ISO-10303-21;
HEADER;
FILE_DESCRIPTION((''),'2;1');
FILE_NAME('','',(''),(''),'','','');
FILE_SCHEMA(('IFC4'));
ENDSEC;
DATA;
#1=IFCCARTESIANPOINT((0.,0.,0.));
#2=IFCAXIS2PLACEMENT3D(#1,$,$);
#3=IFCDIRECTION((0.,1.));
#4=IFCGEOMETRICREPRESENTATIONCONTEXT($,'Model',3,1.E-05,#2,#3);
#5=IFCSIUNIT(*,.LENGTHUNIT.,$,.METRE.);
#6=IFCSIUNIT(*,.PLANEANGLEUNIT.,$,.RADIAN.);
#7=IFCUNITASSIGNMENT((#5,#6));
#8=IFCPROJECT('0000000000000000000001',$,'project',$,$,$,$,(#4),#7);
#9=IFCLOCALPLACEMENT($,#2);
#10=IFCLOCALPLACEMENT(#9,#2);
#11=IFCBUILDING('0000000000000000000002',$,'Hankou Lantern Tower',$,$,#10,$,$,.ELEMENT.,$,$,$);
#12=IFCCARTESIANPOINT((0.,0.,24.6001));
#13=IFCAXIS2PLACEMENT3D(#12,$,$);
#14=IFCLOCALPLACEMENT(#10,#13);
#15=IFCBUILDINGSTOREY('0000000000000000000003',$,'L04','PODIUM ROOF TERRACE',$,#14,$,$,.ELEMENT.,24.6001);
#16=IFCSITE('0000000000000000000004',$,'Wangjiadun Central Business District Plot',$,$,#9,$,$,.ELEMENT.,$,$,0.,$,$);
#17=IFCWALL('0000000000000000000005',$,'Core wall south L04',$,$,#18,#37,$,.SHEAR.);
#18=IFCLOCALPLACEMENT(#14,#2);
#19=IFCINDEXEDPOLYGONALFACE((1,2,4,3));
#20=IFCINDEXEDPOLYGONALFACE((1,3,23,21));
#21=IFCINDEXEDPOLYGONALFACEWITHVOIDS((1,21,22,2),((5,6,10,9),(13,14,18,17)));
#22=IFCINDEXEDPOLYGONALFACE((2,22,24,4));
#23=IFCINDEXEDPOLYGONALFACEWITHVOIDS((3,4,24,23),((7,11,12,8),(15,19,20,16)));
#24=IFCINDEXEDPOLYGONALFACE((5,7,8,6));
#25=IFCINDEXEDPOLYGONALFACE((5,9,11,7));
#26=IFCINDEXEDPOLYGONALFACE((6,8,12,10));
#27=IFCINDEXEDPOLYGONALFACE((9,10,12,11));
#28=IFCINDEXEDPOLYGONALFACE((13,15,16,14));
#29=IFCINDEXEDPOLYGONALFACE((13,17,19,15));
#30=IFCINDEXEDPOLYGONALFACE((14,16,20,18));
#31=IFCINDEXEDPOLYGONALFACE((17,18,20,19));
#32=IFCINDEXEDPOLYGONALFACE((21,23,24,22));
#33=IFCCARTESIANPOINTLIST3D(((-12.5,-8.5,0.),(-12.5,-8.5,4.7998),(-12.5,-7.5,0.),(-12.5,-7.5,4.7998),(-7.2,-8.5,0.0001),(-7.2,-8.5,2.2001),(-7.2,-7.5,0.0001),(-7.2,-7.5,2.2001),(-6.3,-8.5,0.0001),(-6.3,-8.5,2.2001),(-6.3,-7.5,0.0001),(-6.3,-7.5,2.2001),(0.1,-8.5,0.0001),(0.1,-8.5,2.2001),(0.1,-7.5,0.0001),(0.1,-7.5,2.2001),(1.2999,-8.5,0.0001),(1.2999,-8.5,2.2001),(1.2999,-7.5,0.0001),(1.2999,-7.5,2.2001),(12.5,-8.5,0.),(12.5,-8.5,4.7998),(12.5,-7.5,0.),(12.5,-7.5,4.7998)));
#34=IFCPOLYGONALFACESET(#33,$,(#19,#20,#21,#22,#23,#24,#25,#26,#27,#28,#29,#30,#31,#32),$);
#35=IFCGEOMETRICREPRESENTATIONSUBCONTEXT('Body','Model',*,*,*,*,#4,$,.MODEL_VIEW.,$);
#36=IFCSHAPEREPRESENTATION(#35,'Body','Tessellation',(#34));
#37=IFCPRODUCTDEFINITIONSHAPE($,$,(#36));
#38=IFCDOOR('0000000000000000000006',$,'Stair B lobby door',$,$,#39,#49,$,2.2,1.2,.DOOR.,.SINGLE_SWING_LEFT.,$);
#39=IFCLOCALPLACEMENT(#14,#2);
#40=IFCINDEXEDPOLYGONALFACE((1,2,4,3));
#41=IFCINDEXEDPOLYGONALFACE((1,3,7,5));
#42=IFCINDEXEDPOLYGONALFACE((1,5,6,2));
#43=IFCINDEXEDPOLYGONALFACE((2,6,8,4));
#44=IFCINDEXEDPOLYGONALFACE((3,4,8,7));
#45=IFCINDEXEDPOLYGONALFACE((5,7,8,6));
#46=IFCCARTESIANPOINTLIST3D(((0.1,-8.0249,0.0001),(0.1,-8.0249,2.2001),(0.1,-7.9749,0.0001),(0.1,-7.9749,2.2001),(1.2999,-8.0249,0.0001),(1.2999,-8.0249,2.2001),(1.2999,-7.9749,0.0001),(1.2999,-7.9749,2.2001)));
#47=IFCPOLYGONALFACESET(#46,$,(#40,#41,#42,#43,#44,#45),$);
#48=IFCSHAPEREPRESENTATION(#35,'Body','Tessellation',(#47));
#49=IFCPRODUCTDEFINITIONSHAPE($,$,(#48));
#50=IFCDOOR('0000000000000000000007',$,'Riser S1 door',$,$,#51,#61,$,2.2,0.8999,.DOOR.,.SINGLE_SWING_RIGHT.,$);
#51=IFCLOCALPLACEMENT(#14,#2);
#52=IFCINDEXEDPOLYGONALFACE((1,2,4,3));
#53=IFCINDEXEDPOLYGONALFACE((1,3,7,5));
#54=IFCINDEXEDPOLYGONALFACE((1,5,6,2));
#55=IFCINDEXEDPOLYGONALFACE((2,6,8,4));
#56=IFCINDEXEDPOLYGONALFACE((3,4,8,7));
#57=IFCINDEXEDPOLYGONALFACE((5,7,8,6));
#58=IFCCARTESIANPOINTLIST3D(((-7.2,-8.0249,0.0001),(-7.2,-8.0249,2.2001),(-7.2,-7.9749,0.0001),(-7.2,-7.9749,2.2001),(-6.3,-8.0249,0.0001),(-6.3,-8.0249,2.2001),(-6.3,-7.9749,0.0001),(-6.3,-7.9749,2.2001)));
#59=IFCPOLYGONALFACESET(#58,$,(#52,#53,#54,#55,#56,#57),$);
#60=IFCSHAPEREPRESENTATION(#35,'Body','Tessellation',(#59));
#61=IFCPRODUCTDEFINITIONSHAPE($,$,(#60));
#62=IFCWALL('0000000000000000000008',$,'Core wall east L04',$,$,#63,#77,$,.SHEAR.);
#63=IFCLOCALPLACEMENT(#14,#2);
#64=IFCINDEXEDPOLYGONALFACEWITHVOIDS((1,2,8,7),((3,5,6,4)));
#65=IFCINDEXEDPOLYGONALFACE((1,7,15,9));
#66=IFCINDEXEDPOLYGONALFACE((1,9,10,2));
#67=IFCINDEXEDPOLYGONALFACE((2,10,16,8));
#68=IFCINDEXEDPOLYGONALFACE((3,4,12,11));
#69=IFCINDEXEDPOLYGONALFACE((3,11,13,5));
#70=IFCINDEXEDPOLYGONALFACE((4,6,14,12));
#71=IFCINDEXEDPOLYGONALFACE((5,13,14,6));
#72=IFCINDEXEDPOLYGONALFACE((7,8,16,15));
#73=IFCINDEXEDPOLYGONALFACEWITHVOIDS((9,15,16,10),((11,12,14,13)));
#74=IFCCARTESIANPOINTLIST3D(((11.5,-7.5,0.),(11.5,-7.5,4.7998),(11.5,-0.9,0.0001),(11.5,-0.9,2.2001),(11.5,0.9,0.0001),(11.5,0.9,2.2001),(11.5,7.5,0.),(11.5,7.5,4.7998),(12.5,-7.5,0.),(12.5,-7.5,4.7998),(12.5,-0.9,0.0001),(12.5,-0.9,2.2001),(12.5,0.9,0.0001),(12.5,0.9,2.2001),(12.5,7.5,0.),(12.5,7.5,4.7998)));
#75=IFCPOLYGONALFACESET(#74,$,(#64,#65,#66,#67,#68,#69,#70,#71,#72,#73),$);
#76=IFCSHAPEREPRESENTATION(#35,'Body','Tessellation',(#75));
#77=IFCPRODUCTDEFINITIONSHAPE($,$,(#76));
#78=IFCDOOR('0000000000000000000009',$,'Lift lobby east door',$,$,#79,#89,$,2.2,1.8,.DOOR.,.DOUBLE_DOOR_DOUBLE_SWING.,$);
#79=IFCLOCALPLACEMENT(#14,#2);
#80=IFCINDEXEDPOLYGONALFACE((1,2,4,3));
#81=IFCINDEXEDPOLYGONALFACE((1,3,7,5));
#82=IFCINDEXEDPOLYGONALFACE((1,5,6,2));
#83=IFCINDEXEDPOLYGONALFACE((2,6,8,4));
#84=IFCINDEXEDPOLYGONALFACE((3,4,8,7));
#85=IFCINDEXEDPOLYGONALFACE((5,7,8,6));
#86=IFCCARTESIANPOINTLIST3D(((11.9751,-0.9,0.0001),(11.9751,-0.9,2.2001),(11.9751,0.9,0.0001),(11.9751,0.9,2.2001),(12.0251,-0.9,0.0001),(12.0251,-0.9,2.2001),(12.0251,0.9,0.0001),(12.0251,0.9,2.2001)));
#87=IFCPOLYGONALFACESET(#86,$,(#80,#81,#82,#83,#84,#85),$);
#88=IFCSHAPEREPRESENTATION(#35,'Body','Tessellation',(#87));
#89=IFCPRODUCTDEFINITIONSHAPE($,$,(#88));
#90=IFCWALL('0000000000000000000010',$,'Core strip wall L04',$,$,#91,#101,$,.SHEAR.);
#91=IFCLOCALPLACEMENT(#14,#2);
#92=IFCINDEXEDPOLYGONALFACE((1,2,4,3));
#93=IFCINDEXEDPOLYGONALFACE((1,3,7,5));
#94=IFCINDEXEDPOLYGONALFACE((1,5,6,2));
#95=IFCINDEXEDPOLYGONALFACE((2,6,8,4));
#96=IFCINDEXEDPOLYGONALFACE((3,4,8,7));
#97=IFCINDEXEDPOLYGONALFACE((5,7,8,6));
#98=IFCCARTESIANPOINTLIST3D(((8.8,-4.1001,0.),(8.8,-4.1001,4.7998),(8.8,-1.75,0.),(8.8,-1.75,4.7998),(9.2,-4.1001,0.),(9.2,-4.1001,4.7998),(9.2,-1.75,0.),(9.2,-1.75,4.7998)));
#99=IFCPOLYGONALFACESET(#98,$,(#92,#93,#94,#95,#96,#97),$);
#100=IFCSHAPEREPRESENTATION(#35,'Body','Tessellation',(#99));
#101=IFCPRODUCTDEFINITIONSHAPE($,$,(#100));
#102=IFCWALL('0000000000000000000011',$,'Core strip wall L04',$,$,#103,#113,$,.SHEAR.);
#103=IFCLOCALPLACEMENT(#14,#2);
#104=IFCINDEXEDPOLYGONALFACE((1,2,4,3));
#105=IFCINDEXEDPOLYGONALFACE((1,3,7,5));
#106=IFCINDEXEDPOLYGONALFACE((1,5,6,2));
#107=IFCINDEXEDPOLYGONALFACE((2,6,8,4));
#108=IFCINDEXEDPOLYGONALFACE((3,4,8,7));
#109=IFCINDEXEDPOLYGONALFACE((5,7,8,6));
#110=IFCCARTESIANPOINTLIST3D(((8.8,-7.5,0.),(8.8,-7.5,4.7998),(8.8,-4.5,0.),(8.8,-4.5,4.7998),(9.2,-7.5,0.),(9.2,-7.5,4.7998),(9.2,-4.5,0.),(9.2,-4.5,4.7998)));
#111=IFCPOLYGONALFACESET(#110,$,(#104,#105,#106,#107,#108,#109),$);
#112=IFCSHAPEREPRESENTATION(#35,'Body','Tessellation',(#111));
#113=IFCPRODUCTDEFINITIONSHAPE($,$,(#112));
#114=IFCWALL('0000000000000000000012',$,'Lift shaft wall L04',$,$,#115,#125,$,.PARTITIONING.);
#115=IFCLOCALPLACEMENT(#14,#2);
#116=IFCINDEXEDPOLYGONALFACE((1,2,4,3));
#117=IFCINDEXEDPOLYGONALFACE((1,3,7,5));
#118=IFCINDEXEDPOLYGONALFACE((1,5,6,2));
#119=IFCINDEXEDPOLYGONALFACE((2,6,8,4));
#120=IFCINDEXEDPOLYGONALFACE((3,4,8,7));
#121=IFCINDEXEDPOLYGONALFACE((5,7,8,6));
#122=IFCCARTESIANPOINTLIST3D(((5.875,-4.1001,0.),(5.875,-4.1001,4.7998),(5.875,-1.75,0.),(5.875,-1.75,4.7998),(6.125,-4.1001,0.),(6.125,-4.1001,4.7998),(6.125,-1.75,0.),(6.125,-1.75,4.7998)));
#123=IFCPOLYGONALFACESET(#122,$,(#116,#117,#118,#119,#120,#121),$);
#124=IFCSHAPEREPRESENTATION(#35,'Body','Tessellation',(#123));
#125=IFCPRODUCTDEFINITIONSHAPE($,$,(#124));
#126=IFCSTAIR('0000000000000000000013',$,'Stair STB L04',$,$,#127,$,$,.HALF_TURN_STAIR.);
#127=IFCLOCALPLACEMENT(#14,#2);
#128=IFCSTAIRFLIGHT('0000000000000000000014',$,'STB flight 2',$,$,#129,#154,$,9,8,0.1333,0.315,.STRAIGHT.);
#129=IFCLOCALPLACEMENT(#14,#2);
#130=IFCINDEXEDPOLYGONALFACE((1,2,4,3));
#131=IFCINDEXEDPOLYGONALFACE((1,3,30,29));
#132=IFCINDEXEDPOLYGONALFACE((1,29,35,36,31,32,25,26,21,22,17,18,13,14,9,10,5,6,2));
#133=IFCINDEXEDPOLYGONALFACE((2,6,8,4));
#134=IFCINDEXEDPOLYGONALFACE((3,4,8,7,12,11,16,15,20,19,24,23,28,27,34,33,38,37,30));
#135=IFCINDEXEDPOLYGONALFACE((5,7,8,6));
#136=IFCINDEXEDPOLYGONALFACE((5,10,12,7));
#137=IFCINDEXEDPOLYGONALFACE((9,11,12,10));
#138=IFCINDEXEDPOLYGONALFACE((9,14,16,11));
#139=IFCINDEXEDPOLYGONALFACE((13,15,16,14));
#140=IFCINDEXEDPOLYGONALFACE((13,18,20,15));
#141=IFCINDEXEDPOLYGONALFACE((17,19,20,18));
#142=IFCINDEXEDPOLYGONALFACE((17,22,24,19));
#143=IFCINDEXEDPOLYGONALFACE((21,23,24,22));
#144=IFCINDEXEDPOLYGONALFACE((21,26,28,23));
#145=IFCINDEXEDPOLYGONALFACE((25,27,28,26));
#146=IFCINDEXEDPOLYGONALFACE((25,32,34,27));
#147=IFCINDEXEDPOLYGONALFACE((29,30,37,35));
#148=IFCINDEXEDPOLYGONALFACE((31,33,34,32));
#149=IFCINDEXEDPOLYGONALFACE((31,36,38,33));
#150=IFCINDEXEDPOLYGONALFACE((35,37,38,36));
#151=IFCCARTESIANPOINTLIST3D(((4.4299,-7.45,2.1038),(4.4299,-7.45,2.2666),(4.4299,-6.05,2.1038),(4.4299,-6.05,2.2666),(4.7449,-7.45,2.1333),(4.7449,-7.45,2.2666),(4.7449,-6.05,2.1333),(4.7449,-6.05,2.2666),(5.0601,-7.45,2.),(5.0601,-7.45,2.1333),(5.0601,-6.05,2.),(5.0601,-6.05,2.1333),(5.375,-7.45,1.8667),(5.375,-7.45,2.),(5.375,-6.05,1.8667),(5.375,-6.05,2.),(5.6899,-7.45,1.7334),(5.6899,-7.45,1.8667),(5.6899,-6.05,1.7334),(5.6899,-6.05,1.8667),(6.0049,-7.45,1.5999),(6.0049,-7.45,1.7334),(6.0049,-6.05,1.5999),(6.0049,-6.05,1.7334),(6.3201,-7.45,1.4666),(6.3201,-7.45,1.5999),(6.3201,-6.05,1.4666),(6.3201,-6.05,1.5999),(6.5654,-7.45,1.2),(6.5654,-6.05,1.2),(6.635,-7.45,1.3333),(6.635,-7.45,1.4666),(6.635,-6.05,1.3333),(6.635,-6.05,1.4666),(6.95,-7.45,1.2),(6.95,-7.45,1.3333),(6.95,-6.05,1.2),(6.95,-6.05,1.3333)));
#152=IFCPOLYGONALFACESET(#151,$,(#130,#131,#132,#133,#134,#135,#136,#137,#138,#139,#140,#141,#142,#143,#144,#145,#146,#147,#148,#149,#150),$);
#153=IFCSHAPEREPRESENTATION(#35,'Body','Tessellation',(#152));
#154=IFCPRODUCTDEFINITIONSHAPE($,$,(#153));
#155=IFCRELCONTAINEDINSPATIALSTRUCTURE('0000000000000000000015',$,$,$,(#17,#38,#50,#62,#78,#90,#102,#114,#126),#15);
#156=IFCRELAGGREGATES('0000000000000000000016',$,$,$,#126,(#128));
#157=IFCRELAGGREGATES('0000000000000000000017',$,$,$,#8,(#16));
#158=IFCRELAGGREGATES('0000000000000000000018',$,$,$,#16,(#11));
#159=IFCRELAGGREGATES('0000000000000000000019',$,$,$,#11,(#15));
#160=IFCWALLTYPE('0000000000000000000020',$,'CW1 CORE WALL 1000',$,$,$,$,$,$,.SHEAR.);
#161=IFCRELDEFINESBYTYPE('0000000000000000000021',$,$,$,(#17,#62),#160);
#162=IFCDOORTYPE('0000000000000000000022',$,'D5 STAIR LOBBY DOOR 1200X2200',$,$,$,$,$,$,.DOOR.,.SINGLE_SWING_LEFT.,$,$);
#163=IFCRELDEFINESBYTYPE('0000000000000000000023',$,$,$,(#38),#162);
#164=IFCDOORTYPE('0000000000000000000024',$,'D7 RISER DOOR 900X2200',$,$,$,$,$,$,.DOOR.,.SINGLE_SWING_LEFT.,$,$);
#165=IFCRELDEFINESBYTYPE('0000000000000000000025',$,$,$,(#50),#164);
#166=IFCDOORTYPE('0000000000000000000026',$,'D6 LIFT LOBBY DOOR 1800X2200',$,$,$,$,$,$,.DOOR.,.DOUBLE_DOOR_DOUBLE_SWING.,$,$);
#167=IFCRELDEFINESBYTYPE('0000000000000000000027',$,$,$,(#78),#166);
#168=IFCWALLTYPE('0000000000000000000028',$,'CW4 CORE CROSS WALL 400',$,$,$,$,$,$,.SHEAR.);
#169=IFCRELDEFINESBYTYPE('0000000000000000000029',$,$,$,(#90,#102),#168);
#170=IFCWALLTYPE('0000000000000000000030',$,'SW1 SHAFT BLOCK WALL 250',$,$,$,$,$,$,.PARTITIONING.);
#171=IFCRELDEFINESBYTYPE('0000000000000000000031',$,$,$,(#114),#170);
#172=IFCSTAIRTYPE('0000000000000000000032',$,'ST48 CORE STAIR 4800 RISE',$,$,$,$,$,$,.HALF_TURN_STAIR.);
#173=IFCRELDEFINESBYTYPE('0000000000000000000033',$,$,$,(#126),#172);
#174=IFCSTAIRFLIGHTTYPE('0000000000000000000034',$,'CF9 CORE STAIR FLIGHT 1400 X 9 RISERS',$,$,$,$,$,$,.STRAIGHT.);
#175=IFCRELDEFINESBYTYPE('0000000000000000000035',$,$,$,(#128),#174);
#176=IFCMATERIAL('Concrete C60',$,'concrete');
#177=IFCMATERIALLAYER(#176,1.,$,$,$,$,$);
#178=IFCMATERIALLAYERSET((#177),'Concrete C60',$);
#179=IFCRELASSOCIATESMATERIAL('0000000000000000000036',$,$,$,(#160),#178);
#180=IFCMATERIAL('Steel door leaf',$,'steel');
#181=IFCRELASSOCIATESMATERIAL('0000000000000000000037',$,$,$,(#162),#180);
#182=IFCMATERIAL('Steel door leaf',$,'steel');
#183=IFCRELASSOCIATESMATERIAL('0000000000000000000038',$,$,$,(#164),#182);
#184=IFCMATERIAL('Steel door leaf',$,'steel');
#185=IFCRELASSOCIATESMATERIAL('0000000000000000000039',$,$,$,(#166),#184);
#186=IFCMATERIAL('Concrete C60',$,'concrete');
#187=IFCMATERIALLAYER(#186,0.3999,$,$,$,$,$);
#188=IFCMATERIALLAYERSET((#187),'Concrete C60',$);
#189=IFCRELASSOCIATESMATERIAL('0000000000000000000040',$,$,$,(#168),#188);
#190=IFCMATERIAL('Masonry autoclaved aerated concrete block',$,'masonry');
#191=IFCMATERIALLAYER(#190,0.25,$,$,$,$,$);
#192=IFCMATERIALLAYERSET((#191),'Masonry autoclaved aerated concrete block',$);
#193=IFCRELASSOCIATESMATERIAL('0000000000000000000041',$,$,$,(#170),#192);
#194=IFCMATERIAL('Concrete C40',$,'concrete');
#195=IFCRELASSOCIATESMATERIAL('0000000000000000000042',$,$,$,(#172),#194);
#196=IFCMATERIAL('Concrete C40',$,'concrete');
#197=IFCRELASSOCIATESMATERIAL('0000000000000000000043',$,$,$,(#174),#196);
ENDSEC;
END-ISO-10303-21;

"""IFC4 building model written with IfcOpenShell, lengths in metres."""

from ifc_helpers import new_model, si_unit, direction, frame, frame_2d, origin, place, context, subcontext, project, spatial, polyline, rectangle, outline, extrude, material, layer, layer_set, type_object, element, fill, aggregate, save


model = new_model("IFC4")

# Units and contexts
model_context = context("Model", 3, precision=1e-05, world=origin(), true_north=direction((0.0, 1.0)))
body_context = subcontext(model_context, "Body", "Model", "MODEL_VIEW")
ifc_project = project(units=[si_unit("LENGTHUNIT", "METRE"), si_unit("PLANEANGLEUNIT", "RADIAN")], contexts=[model_context])

# Site, building, storey
site_placement = place(None, origin())
site = spatial("IfcSite", under=ifc_project, at=site_placement, Name="Wangjiadun Central Business District Plot", CompositionType="ELEMENT", RefElevation=0.0)
building_placement = place(site_placement, origin())
building = spatial("IfcBuilding", under=site, at=building_placement, Name="Hankou Lantern Tower", CompositionType="ELEMENT")
storey_placement = place(building_placement, frame((0.0, 0.0, 24.6001)))
storey = spatial("IfcBuildingStorey", under=building, at=storey_placement, Name="L04", Description="PODIUM ROOF TERRACE", CompositionType="ELEMENT", Elevation=24.6001)

# Wall, openings, doors
ifc_material_1 = material(Name="Concrete C60", Category="concrete")
ifc_layer_1 = layer(ifc_material_1, 1.0)
ifc_layer_set_1 = layer_set([ifc_layer_1], Name="Concrete C60")
wall_type_1 = type_object("IfcWallType", Name="CW1 CORE WALL 1000", PredefinedType="SHEAR", material=ifc_layer_set_1)
wall_1_placement = place(storey_placement, frame((12.5, -8.0, 0.0), z_axis=(0.0, 0.0, 1.0), x_axis=(-1.0, 0.0, 0.0)))
wall_1 = element("IfcWall", 1, at=wall_1_placement, inside=storey, type_object=wall_type_1, Name="Core wall south L04", PredefinedType="SHEAR", context=body_context, shape_type="SweptSolid", body=[
    extrude(rectangle(XDim=25.0, YDim=1.0, at=frame_2d((12.5, 0.0))), origin(), (0.0, 0.0, 1.0), 4.7998),
])
opening_1_placement = place(wall_1_placement, frame((11.2, 0.0, 0.0)))
opening_1 = element("IfcOpeningElement", 2, at=opening_1_placement, cuts=wall_1, PredefinedType="OPENING", context=body_context, shape_type="SweptSolid", body=[
    extrude(rectangle(XDim=1.2, YDim=2.2, at=frame_2d((0.6001, 1.1001))), frame((0.0, 0.51, 0.0), z_axis=(0.0, -1.0, 0.0), x_axis=(1.0, 0.0, 0.0)), (0.0, 0.0, 1.0), 1.02),
])
opening_2_placement = place(wall_1_placement, frame((18.8, 0.0, 0.0)))
opening_2 = element("IfcOpeningElement", 3, at=opening_2_placement, cuts=wall_1, PredefinedType="OPENING", context=body_context, shape_type="SweptSolid", body=[
    extrude(rectangle(XDim=0.8999, YDim=2.2, at=frame_2d((0.45, 1.1001))), frame((0.0, 0.51, 0.0), z_axis=(0.0, -1.0, 0.0), x_axis=(1.0, 0.0, 0.0)), (0.0, 0.0, 1.0), 1.02),
])
ifc_material_2 = material(Name="Steel door leaf", Category="steel")
door_type_1 = type_object("IfcDoorType", Name="D5 STAIR LOBBY DOOR 1200X2200", OperationType="SINGLE_SWING_LEFT", PredefinedType="DOOR", material=ifc_material_2)
door_1_placement = place(opening_1_placement, origin())
door_1 = element("IfcDoor", 4, at=door_1_placement, inside=storey, type_object=door_type_1, Name="Stair B lobby door", OperationType="SINGLE_SWING_LEFT", OverallHeight=2.2, OverallWidth=1.2, PredefinedType="DOOR", context=body_context, shape_type="SweptSolid", body=[
    extrude(rectangle(XDim=1.2, YDim=2.2, at=frame_2d((0.6001, 1.1001))), frame((0.0, 0.0249, 0.0), z_axis=(0.0, -1.0, 0.0), x_axis=(1.0, 0.0, 0.0)), (0.0, 0.0, 1.0), 0.05),
])
fill(opening_1, door_1)
ifc_material_3 = material(Name="Steel door leaf", Category="steel")
door_type_2 = type_object("IfcDoorType", Name="D7 RISER DOOR 900X2200", OperationType="SINGLE_SWING_LEFT", PredefinedType="DOOR", material=ifc_material_3)
door_2_placement = place(opening_2_placement, origin())
door_2 = element("IfcDoor", 5, at=door_2_placement, inside=storey, type_object=door_type_2, Name="Riser S1 door", OperationType="SINGLE_SWING_RIGHT", OverallHeight=2.2, OverallWidth=0.8999, PredefinedType="DOOR", context=body_context, shape_type="SweptSolid", body=[
    extrude(rectangle(XDim=0.8999, YDim=2.2, at=frame_2d((0.45, 1.1001))), frame((0.0, 0.0249, 0.0), z_axis=(0.0, -1.0, 0.0), x_axis=(1.0, 0.0, 0.0)), (0.0, 0.0, 1.0), 0.05),
])
fill(opening_2, door_2)

# Wall, opening, door
wall_2_placement = place(storey_placement, frame((12.0, -7.5, 0.0), z_axis=(0.0, 0.0, 1.0), x_axis=(0.0, 1.0, 0.0)))
wall_2 = element("IfcWall", 6, at=wall_2_placement, inside=storey, type_object=wall_type_1, Name="Core wall east L04", PredefinedType="SHEAR", context=body_context, shape_type="SweptSolid", body=[
    extrude(rectangle(XDim=15.0, YDim=1.0, at=frame_2d((7.5, 0.0))), origin(), (0.0, 0.0, 1.0), 4.7998),
])
opening_3_placement = place(wall_2_placement, frame((6.6001, 0.0, 0.0)))
opening_3 = element("IfcOpeningElement", 7, at=opening_3_placement, cuts=wall_2, PredefinedType="OPENING", context=body_context, shape_type="SweptSolid", body=[
    extrude(rectangle(XDim=1.8, YDim=2.2, at=frame_2d((0.8999, 1.1001))), frame((0.0, 0.51, 0.0), z_axis=(0.0, -1.0, 0.0), x_axis=(1.0, 0.0, 0.0)), (0.0, 0.0, 1.0), 1.02),
])
ifc_material_4 = material(Name="Steel door leaf", Category="steel")
door_type_3 = type_object("IfcDoorType", Name="D6 LIFT LOBBY DOOR 1800X2200", OperationType="DOUBLE_DOOR_DOUBLE_SWING", PredefinedType="DOOR", material=ifc_material_4)
door_3_placement = place(opening_3_placement, origin())
door_3 = element("IfcDoor", 8, at=door_3_placement, inside=storey, type_object=door_type_3, Name="Lift lobby east door", OperationType="DOUBLE_DOOR_DOUBLE_SWING", OverallHeight=2.2, OverallWidth=1.8, PredefinedType="DOOR", context=body_context, shape_type="SweptSolid", body=[
    extrude(rectangle(XDim=1.8, YDim=2.2, at=frame_2d((0.8999, 1.1001))), frame((0.0, 0.0249, 0.0), z_axis=(0.0, -1.0, 0.0), x_axis=(1.0, 0.0, 0.0)), (0.0, 0.0, 1.0), 0.05),
])
fill(opening_3, door_3)

# Walls
ifc_material_5 = material(Name="Concrete C60", Category="concrete")
ifc_layer_2 = layer(ifc_material_5, 0.3999)
ifc_layer_set_2 = layer_set([ifc_layer_2], Name="Concrete C60")
wall_type_2 = type_object("IfcWallType", Name="CW4 CORE CROSS WALL 400", PredefinedType="SHEAR", material=ifc_layer_set_2)
wall_3_placement = place(storey_placement, frame((9.0, -4.1001, 0.0), z_axis=(0.0, 0.0, 1.0), x_axis=(0.0, 1.0, 0.0)))
element("IfcWall", 9, at=wall_3_placement, inside=storey, type_object=wall_type_2, Name="Core strip wall L04", PredefinedType="SHEAR", context=body_context, shape_type="SweptSolid", body=[
    extrude(rectangle(XDim=2.3501, YDim=0.3999, at=frame_2d((1.175, 0.0))), origin(), (0.0, 0.0, 1.0), 4.7998),
])
wall_4_placement = place(storey_placement, frame((9.0, -7.5, 0.0), z_axis=(0.0, 0.0, 1.0), x_axis=(0.0, 1.0, 0.0)))
element("IfcWall", 10, at=wall_4_placement, inside=storey, type_object=wall_type_2, Name="Core strip wall L04", PredefinedType="SHEAR", context=body_context, shape_type="SweptSolid", body=[
    extrude(rectangle(XDim=3.0, YDim=0.3999, at=frame_2d((1.5, 0.0))), origin(), (0.0, 0.0, 1.0), 4.7998),
])
ifc_material_6 = material(Name="Masonry autoclaved aerated concrete block", Category="masonry")
ifc_layer_3 = layer(ifc_material_6, 0.25)
ifc_layer_set_3 = layer_set([ifc_layer_3], Name="Masonry autoclaved aerated concrete block")
wall_type_3 = type_object("IfcWallType", Name="SW1 SHAFT BLOCK WALL 250", PredefinedType="PARTITIONING", material=ifc_layer_set_3)
wall_5_placement = place(storey_placement, frame((6.0, -4.1001, 0.0), z_axis=(0.0, 0.0, 1.0), x_axis=(0.0, 1.0, 0.0)))
element("IfcWall", 11, at=wall_5_placement, inside=storey, type_object=wall_type_3, Name="Lift shaft wall L04", PredefinedType="PARTITIONING", context=body_context, shape_type="SweptSolid", body=[
    extrude(rectangle(XDim=2.3501, YDim=0.25, at=frame_2d((1.175, 0.0))), origin(), (0.0, 0.0, 1.0), 4.7998),
])

# Stair, stair flight
ifc_material_7 = material(Name="Concrete C40", Category="concrete")
stair_type = type_object("IfcStairType", Name="ST48 CORE STAIR 4800 RISE", PredefinedType="HALF_TURN_STAIR", material=ifc_material_7)
stair_placement = place(storey_placement, origin())
stair = element("IfcStair", 12, at=stair_placement, inside=storey, type_object=stair_type, Name="Stair STB L04", PredefinedType="HALF_TURN_STAIR")
ifc_material_8 = material(Name="Concrete C40", Category="concrete")
stair_flight_type = type_object("IfcStairFlightType", Name="CF9 CORE STAIR FLIGHT 1400 X 9 RISERS", PredefinedType="STRAIGHT", material=ifc_material_8)
stair_flight_1_placement = place(storey_placement, frame((6.95, -6.75, 1.2), z_axis=(0.0, 0.0, 1.0), x_axis=(-1.0, 0.0, 0.0)))
stair_flight_1 = element("IfcStairFlight", 13, at=stair_flight_1_placement, type_object=stair_flight_type, Name="STB flight 2", NumberOfRisers=9, NumberOfTreads=8, PredefinedType="STRAIGHT", RiserHeight=0.1333, TreadLength=0.315, context=body_context, shape_type="SweptSolid", body=[
    extrude(outline(polyline([(0.0, 0.0), (0.0, 0.1333), (0.3149, 0.1333), (0.3149, 0.2666), (0.6299, 0.2666), (0.6299, 0.3999), (0.9451, 0.3999), (0.9451, 0.5334), (1.26, 0.5334), (1.26, 0.6667), (1.575, 0.6667), (1.575, 0.8), (1.8899, 0.8), (1.8899, 0.9333), (2.2051, 0.9333), (2.2051, 1.0667), (2.52, 1.0667), (2.52, 1.2), (2.52, 0.9038), (0.3845, 0.0), (0.0, 0.0)])), frame((0.0, 0.7, 0.0), z_axis=(0.0, -1.0, 0.0), x_axis=(1.0, 0.0, 0.0)), (0.0, 0.0, 1.0), 1.3999),
])
aggregate(stair, [stair_flight_1])

save(model, "model.ifc")
